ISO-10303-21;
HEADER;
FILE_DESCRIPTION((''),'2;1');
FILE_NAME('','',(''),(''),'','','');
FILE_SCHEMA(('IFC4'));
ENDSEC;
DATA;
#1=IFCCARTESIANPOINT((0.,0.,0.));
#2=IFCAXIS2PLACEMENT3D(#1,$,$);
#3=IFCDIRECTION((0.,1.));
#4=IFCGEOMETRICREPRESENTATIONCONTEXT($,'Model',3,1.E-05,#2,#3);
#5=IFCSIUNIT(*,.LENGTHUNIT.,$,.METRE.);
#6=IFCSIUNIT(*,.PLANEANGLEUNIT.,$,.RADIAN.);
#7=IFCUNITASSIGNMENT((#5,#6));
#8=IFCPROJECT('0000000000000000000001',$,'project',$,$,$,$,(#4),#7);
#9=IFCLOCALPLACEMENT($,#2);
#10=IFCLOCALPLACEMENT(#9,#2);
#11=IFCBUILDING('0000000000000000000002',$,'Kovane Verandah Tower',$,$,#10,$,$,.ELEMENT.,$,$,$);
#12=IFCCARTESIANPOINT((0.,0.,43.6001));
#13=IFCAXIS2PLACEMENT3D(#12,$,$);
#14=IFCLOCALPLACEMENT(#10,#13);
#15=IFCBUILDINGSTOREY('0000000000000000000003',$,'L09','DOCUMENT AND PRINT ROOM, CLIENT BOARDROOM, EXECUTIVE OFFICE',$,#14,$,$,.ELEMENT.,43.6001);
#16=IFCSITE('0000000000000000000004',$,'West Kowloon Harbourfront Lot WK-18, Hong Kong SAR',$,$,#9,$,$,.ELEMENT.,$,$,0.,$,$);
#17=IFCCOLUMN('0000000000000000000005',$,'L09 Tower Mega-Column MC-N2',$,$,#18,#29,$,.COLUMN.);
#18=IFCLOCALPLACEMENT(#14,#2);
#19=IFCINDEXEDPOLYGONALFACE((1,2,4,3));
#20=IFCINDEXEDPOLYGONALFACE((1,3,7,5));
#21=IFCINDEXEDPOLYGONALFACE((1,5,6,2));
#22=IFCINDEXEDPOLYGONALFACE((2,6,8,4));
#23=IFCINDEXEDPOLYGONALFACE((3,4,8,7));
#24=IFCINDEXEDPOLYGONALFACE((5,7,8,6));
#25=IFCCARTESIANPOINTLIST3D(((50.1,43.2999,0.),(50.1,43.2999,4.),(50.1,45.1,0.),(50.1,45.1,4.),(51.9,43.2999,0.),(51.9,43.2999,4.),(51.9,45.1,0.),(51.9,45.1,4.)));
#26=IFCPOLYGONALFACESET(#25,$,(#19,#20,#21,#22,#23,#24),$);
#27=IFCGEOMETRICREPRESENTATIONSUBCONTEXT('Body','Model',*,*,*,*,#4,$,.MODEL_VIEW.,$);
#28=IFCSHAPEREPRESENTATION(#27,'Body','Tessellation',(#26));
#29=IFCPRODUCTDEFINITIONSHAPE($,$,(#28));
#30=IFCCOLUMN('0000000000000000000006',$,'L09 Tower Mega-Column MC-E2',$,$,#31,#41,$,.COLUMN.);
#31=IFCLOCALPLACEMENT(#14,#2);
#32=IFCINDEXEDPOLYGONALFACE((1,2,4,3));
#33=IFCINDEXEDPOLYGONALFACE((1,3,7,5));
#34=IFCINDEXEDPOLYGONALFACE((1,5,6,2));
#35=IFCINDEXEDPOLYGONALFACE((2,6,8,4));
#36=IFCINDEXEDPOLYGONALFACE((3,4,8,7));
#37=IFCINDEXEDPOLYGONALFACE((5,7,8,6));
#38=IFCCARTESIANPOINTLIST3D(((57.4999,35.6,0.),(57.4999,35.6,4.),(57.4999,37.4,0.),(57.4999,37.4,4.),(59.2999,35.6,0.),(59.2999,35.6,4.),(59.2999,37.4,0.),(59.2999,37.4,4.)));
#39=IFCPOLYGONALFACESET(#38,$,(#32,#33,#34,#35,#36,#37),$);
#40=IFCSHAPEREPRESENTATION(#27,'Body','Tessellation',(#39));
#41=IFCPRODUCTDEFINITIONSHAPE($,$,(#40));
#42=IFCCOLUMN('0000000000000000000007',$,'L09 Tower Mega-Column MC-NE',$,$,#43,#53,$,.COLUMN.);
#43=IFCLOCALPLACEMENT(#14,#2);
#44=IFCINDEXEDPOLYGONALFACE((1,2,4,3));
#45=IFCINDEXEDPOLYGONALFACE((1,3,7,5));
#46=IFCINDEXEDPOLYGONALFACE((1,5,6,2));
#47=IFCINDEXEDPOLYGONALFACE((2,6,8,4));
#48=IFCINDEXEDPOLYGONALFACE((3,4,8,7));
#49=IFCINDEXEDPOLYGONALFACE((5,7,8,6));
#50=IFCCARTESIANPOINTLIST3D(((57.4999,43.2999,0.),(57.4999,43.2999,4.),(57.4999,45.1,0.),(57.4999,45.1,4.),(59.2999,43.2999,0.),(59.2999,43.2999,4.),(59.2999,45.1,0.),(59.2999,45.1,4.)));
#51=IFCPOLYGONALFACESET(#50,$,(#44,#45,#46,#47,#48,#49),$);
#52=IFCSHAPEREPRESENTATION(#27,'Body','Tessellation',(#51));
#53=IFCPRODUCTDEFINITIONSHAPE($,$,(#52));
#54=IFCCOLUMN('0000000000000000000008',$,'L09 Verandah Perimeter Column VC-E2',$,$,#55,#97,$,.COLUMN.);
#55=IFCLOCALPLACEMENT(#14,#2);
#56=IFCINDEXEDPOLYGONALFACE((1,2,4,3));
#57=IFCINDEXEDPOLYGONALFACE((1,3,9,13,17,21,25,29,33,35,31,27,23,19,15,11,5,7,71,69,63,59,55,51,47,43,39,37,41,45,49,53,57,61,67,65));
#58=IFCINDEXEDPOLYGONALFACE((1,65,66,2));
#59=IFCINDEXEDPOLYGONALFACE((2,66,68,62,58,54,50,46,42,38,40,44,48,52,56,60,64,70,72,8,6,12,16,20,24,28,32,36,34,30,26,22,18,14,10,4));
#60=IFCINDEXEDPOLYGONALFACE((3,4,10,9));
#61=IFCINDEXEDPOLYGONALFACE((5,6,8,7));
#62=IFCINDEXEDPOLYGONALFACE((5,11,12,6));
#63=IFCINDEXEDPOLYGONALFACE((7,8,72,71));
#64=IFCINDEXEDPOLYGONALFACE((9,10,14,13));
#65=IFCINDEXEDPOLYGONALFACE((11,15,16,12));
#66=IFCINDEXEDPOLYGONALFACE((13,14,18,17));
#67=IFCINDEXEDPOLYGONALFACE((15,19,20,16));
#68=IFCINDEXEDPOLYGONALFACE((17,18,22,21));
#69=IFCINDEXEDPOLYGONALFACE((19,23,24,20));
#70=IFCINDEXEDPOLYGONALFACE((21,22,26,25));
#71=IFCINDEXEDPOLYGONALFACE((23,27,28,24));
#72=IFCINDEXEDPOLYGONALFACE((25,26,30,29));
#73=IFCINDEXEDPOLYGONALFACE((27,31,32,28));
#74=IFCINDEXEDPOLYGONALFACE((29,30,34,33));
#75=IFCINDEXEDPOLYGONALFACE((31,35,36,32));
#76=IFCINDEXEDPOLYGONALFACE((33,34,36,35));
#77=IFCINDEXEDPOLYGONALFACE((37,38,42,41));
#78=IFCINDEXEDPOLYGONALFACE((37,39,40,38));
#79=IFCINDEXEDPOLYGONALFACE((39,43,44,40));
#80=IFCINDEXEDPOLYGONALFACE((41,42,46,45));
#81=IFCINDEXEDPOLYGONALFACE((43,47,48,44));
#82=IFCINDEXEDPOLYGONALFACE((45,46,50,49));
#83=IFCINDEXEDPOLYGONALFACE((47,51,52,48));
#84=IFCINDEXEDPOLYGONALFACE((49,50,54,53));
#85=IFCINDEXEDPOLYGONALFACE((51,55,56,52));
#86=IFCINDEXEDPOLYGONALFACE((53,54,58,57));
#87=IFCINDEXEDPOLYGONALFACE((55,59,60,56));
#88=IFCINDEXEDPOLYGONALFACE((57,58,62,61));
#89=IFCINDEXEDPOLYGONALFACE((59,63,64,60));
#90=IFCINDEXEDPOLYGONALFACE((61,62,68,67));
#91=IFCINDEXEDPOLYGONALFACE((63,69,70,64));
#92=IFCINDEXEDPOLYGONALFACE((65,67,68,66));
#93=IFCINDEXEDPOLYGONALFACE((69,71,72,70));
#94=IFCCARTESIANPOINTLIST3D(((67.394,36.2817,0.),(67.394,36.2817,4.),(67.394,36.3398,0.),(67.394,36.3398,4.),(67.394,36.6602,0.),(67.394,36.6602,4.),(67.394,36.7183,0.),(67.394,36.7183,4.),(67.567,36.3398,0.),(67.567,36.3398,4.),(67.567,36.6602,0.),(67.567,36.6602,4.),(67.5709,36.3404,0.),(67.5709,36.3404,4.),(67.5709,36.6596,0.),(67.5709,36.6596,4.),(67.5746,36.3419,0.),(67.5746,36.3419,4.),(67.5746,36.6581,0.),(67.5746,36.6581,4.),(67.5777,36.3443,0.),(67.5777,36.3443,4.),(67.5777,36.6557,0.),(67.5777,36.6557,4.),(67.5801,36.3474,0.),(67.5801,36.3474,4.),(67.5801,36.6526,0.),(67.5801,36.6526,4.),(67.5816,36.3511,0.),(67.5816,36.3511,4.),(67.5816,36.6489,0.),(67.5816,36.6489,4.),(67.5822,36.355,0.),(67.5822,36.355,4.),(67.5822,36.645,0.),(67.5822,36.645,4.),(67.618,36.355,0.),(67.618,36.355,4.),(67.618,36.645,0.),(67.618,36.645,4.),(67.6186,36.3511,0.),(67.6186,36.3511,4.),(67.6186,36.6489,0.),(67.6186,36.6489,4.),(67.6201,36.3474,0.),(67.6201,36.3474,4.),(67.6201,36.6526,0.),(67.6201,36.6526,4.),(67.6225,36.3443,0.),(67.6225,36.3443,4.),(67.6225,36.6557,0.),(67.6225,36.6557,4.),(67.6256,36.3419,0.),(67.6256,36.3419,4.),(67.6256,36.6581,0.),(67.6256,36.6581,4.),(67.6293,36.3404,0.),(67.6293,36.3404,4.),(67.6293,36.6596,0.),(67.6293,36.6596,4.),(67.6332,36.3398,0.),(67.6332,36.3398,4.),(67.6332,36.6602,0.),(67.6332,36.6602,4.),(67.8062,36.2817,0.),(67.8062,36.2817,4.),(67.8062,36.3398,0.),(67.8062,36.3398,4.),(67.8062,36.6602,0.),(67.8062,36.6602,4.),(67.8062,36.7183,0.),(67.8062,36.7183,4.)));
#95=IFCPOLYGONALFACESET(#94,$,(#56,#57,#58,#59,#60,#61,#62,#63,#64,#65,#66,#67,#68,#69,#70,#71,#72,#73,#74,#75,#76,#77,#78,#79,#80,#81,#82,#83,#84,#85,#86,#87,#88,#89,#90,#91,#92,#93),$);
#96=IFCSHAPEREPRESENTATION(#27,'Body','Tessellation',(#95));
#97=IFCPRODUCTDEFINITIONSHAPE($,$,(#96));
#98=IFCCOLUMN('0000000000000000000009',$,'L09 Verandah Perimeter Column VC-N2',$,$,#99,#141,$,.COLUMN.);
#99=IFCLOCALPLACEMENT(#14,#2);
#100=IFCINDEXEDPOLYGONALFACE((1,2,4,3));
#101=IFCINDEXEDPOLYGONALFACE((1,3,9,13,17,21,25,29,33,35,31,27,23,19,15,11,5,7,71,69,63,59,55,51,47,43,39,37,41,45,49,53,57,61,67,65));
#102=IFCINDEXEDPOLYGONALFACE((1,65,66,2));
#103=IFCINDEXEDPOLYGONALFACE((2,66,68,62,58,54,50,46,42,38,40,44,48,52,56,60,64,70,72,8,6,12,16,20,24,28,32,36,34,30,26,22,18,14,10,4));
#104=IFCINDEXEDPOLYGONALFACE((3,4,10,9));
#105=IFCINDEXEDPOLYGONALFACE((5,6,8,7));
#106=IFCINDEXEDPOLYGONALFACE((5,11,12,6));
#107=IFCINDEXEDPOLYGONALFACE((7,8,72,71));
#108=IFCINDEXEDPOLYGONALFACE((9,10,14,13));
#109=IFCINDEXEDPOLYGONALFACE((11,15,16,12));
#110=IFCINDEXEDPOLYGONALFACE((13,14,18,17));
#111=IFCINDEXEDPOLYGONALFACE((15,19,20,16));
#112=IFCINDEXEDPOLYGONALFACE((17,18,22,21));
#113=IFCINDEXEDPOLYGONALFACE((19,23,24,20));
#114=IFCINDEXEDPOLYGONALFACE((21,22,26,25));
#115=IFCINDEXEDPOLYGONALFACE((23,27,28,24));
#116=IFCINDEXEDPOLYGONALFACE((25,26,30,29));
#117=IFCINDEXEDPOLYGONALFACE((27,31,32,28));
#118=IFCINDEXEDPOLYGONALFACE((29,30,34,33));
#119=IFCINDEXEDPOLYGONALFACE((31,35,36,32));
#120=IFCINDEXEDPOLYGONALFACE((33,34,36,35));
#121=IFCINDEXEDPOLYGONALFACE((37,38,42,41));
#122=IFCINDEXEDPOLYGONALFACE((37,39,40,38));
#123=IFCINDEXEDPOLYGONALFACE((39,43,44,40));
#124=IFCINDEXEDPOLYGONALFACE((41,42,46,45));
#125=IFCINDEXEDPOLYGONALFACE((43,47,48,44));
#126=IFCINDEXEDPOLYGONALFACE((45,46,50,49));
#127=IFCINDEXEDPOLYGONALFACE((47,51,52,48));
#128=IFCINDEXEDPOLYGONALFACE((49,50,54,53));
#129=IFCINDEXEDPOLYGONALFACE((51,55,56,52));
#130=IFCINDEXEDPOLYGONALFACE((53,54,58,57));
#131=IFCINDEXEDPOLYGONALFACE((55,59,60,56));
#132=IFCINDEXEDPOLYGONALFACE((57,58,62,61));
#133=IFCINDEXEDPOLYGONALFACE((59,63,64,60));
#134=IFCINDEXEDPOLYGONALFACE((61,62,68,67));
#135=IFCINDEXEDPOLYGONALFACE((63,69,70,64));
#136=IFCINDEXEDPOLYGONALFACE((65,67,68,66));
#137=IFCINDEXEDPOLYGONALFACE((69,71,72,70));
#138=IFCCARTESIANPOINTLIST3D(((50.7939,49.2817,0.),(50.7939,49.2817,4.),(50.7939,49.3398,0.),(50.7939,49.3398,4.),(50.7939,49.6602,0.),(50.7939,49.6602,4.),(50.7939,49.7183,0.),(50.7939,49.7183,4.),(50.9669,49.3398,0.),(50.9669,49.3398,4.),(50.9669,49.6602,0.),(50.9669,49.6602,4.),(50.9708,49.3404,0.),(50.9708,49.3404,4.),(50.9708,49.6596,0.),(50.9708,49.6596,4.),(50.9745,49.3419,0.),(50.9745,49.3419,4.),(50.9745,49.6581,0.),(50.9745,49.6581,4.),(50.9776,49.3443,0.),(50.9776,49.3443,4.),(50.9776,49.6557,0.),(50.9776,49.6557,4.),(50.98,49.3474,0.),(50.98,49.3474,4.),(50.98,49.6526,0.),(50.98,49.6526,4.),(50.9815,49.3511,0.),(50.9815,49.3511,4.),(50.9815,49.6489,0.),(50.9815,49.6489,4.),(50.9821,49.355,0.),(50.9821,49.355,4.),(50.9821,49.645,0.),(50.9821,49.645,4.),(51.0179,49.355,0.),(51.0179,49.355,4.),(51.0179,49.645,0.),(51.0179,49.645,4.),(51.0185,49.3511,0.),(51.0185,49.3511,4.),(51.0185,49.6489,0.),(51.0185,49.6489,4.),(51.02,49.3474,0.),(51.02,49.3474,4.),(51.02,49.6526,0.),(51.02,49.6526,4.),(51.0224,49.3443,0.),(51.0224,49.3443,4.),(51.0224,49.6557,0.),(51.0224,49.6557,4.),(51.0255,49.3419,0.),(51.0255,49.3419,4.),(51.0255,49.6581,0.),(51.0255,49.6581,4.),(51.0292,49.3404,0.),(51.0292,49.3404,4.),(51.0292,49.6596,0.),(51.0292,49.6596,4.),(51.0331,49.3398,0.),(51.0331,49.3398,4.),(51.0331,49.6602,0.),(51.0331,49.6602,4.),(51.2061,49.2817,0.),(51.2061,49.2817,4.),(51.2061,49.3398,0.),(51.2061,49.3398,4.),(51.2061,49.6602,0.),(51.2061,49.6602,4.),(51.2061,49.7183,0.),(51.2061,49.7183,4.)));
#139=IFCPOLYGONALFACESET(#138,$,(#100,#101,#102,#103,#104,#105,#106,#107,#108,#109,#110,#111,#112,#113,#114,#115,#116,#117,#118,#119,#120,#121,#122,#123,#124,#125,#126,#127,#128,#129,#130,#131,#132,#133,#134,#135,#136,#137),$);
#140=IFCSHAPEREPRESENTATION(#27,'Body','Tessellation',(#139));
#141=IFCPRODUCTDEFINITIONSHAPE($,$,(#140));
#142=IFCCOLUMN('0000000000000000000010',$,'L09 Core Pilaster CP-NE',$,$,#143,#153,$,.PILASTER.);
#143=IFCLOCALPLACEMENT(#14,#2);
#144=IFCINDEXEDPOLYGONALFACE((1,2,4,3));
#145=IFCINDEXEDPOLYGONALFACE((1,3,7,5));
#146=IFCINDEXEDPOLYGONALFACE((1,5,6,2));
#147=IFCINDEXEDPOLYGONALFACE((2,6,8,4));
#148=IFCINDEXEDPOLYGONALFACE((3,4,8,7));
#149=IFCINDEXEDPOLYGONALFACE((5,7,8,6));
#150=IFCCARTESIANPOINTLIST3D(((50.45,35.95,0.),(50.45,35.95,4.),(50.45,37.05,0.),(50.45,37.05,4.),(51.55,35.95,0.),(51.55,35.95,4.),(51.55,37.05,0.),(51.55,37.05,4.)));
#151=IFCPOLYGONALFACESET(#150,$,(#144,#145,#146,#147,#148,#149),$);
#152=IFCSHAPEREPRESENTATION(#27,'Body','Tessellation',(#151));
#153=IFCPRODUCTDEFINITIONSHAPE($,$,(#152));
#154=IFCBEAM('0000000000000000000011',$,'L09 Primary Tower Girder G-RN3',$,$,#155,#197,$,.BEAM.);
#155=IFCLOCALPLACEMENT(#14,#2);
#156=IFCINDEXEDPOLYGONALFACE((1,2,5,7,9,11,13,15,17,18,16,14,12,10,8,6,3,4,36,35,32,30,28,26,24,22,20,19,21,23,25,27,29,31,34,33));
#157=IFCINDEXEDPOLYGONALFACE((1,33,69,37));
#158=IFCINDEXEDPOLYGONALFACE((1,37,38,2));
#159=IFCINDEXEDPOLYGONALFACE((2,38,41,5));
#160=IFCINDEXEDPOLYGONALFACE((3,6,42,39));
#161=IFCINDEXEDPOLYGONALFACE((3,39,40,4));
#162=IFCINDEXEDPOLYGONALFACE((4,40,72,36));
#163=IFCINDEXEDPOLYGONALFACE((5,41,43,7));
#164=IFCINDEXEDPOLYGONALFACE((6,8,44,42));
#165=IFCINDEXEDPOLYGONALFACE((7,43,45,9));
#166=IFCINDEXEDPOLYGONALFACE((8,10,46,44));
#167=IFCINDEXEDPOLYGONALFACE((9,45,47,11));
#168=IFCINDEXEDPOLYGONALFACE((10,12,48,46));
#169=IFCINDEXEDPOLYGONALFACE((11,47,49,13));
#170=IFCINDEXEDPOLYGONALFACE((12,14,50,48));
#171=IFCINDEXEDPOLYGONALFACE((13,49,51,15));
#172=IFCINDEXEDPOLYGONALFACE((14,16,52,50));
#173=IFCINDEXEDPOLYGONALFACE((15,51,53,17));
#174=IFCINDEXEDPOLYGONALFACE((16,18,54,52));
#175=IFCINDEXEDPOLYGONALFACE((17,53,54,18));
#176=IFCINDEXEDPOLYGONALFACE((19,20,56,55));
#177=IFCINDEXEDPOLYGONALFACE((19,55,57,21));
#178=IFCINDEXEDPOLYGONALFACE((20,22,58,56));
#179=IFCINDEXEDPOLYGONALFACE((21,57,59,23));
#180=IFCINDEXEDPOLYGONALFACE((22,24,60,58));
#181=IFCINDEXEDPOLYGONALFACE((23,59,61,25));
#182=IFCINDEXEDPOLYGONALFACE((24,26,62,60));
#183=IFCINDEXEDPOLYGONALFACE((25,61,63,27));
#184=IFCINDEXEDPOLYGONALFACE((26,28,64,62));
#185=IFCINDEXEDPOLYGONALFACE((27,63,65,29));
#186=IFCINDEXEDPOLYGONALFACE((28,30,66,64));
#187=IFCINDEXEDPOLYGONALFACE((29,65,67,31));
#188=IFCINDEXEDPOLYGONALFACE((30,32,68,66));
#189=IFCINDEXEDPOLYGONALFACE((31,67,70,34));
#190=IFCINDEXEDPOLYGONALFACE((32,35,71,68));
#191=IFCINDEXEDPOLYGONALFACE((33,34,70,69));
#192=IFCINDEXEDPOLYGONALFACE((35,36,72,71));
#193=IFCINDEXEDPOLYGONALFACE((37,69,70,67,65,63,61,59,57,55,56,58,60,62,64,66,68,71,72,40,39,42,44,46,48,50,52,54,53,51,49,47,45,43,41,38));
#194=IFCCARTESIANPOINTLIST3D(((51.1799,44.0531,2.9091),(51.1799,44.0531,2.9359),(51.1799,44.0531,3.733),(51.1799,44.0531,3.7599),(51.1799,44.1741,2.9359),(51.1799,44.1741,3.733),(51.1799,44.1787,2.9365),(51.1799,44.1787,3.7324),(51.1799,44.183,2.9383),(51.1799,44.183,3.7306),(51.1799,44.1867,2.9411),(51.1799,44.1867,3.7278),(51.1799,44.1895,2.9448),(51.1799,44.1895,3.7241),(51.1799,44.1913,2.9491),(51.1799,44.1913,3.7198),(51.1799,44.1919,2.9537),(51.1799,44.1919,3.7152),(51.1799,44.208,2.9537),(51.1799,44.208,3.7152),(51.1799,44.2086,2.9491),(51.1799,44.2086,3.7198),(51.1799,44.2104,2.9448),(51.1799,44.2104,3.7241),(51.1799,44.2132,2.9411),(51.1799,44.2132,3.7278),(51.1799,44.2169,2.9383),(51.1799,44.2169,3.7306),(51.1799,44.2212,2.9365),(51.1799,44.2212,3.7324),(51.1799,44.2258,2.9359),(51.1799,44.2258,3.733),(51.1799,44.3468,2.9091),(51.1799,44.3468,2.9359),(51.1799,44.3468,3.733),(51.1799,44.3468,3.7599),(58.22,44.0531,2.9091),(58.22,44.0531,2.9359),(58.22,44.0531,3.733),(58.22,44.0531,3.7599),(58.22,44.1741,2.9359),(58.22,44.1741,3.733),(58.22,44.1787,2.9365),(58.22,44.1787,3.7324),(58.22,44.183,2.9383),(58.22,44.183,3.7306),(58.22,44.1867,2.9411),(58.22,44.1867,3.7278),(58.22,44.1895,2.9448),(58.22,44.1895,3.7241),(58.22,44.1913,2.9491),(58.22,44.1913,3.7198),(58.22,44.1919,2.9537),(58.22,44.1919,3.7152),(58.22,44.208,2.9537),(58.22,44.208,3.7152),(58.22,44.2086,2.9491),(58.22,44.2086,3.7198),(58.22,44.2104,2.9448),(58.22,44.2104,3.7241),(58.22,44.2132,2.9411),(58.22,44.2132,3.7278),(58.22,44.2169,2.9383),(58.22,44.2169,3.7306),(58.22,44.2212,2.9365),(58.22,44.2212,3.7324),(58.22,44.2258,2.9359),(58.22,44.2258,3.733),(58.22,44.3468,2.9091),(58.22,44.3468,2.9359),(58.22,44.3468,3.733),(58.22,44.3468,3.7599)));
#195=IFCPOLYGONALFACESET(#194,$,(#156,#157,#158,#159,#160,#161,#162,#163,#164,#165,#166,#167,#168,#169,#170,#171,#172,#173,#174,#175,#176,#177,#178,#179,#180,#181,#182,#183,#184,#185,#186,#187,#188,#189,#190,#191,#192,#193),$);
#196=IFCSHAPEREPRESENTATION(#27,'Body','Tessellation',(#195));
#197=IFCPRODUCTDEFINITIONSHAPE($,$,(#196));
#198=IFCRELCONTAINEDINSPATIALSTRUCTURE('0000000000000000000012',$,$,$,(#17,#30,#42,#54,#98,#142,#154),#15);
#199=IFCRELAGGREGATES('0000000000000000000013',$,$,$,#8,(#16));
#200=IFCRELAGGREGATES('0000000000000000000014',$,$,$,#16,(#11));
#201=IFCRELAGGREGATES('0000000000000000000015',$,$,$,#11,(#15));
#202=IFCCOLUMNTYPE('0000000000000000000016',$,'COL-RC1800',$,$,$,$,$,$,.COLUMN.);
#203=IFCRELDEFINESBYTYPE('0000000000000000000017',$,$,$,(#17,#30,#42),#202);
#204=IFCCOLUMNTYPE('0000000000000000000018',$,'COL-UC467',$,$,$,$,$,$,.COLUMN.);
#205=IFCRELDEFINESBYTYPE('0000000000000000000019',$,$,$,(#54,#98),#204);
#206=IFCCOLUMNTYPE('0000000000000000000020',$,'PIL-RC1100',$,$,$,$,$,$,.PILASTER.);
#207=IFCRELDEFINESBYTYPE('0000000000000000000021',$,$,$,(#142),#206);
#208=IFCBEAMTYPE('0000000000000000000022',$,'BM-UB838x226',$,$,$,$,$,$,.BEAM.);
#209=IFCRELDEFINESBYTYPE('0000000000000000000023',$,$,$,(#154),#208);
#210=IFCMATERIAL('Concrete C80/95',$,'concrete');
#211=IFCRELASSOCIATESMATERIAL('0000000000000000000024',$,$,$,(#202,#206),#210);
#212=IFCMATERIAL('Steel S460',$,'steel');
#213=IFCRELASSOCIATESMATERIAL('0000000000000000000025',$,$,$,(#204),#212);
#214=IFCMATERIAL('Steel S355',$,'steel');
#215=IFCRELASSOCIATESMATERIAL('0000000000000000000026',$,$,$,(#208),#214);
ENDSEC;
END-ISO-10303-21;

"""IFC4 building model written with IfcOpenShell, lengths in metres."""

from ifc_helpers import new_model, si_unit, direction, frame, origin, origin_2d, place, context, subcontext, project, spatial, rectangle, i_section, extrude, material, material_profile, profile_set, type_object, element, save


model = new_model("IFC4")

# Units and contexts
model_context = context("Model", 3, precision=1e-05, world=origin(), true_north=direction((0.0, 1.0)))
body_context = subcontext(model_context, "Body", "Model", "MODEL_VIEW")
ifc_project = project(units=[si_unit("LENGTHUNIT", "METRE"), si_unit("PLANEANGLEUNIT", "RADIAN")], contexts=[model_context])

# Site, building, storey
site_placement = place(None, origin())
site = spatial("IfcSite", under=ifc_project, at=site_placement, Name="West Kowloon Harbourfront Lot WK-18, Hong Kong SAR", CompositionType="ELEMENT", RefElevation=0.0)
building_placement = place(site_placement, origin())
building = spatial("IfcBuilding", under=site, at=building_placement, Name="Kovane Verandah Tower", CompositionType="ELEMENT")
storey_placement = place(building_placement, frame((0.0, 0.0, 43.6001)))
storey = spatial("IfcBuildingStorey", under=building, at=storey_placement, Name="L09", Description="DOCUMENT AND PRINT ROOM, CLIENT BOARDROOM, EXECUTIVE OFFICE", CompositionType="ELEMENT", Elevation=43.6001)

# Columns
ifc_material_1 = material(Name="Concrete C80/95", Category="concrete")
ifc_material_profile_1 = material_profile(ifc_material_1, rectangle(XDim=1.8, YDim=1.8, at=origin_2d()), Name="RC1800x1800")
ifc_profile_set_1 = profile_set([ifc_material_profile_1], Name="Concrete C80/95")
column_type_1 = type_object("IfcColumnType", Name="COL-RC1800", PredefinedType="COLUMN", material=ifc_profile_set_1)
for number, where, z_axis, x_axis, name in (
    (1, (51.0, 44.2, 0.0), (0.0, 0.0, 1.0), (1.0, 0.0, 0.0), "L09 Tower Mega-Column MC-N2"),
    (2, (58.3999, 36.5, 0.0), (0.0, 0.0, 1.0), (1.0, 0.0, 0.0), "L09 Tower Mega-Column MC-E2"),
    (3, (58.3999, 44.2, 0.0), (0.0, 0.0, 1.0), (1.0, 0.0, 0.0), "L09 Tower Mega-Column MC-NE"),
):
    element("IfcColumn", number, at=place(storey_placement, frame(where, z_axis=z_axis, x_axis=x_axis)), inside=storey, type_object=column_type_1, Name=name, PredefinedType="COLUMN", context=body_context, shape_type="SweptSolid", body=[
        extrude(rectangle(XDim=1.8, YDim=1.8, at=origin_2d()), origin(), (0.0, 0.0, 1.0), 4.0),
    ])
ifc_material_2 = material(Name="Steel S460", Category="steel")
ifc_material_profile_2 = material_profile(ifc_material_2, i_section(OverallWidth=0.4121, OverallDepth=0.4365, WebThickness=0.0359, FlangeThickness=0.0581, FilletRadius=0.0151, at=origin_2d()), Name="UC356x406x467")
ifc_profile_set_2 = profile_set([ifc_material_profile_2], Name="Steel S460")
column_type_2 = type_object("IfcColumnType", Name="COL-UC467", PredefinedType="COLUMN", material=ifc_profile_set_2)
for number, where, z_axis, x_axis, name in (
    (4, (67.6001, 36.5, 0.0), (0.0, 0.0, 1.0), (1.0, 0.0, 0.0), "L09 Verandah Perimeter Column VC-E2"),
    (5, (51.0, 49.5, 0.0), (0.0, 0.0, 1.0), (1.0, 0.0, 0.0), "L09 Verandah Perimeter Column VC-N2"),
):
    element("IfcColumn", number, at=place(storey_placement, frame(where, z_axis=z_axis, x_axis=x_axis)), inside=storey, type_object=column_type_2, Name=name, PredefinedType="COLUMN", context=body_context, shape_type="SweptSolid", body=[
        extrude(i_section(OverallWidth=0.4121, OverallDepth=0.4365, WebThickness=0.0359, FlangeThickness=0.0581, FilletRadius=0.0151, at=origin_2d()), origin(), (0.0, 0.0, 1.0), 4.0),
    ])
ifc_material_profile_3 = material_profile(ifc_material_1, rectangle(XDim=1.1001, YDim=1.1001, at=origin_2d()), Name="RC1100x1100")
ifc_profile_set_3 = profile_set([ifc_material_profile_3], Name="Concrete C80/95")
column_type_3 = type_object("IfcColumnType", Name="PIL-RC1100", PredefinedType="PILASTER", material=ifc_profile_set_3)
column_placement = place(storey_placement, frame((51.0, 36.5, 0.0), z_axis=(0.0, 0.0, 1.0), x_axis=(1.0, 0.0, 0.0)))
element("IfcColumn", 6, at=column_placement, inside=storey, type_object=column_type_3, Name="L09 Core Pilaster CP-NE", PredefinedType="PILASTER", context=body_context, shape_type="SweptSolid", body=[
    extrude(rectangle(XDim=1.1001, YDim=1.1001, at=origin_2d()), origin(), (0.0, 0.0, 1.0), 4.0),
])

# Beam
ifc_material_3 = material(Name="Steel S355", Category="steel")
ifc_material_profile_4 = material_profile(ifc_material_3, i_section(OverallWidth=0.2937, OverallDepth=0.8508, WebThickness=0.0161, FlangeThickness=0.0269, FilletRadius=0.0178, at=origin_2d()), Name="UB838x292x226")
ifc_profile_set_4 = profile_set([ifc_material_profile_4], Name="Steel S355")
beam_type_1 = type_object("IfcBeamType", Name="BM-UB838x226", PredefinedType="BEAM", material=ifc_profile_set_4)
beam_1_placement = place(storey_placement, frame((51.1799, 44.2, 3.3345), z_axis=(1.0, 0.0, 0.0), x_axis=(0.0, 1.0, 0.0)))
element("IfcBeam", 7, at=beam_1_placement, inside=storey, type_object=beam_type_1, Name="L09 Primary Tower Girder G-RN3", PredefinedType="BEAM", context=body_context, shape_type="SweptSolid", body=[
    extrude(i_section(OverallWidth=0.2937, OverallDepth=0.8508, WebThickness=0.0161, FlangeThickness=0.0269, FilletRadius=0.0178, at=origin_2d()), origin(), (0.0, 0.0, 1.0), 7.04),
])

save(model, "model.ifc")
